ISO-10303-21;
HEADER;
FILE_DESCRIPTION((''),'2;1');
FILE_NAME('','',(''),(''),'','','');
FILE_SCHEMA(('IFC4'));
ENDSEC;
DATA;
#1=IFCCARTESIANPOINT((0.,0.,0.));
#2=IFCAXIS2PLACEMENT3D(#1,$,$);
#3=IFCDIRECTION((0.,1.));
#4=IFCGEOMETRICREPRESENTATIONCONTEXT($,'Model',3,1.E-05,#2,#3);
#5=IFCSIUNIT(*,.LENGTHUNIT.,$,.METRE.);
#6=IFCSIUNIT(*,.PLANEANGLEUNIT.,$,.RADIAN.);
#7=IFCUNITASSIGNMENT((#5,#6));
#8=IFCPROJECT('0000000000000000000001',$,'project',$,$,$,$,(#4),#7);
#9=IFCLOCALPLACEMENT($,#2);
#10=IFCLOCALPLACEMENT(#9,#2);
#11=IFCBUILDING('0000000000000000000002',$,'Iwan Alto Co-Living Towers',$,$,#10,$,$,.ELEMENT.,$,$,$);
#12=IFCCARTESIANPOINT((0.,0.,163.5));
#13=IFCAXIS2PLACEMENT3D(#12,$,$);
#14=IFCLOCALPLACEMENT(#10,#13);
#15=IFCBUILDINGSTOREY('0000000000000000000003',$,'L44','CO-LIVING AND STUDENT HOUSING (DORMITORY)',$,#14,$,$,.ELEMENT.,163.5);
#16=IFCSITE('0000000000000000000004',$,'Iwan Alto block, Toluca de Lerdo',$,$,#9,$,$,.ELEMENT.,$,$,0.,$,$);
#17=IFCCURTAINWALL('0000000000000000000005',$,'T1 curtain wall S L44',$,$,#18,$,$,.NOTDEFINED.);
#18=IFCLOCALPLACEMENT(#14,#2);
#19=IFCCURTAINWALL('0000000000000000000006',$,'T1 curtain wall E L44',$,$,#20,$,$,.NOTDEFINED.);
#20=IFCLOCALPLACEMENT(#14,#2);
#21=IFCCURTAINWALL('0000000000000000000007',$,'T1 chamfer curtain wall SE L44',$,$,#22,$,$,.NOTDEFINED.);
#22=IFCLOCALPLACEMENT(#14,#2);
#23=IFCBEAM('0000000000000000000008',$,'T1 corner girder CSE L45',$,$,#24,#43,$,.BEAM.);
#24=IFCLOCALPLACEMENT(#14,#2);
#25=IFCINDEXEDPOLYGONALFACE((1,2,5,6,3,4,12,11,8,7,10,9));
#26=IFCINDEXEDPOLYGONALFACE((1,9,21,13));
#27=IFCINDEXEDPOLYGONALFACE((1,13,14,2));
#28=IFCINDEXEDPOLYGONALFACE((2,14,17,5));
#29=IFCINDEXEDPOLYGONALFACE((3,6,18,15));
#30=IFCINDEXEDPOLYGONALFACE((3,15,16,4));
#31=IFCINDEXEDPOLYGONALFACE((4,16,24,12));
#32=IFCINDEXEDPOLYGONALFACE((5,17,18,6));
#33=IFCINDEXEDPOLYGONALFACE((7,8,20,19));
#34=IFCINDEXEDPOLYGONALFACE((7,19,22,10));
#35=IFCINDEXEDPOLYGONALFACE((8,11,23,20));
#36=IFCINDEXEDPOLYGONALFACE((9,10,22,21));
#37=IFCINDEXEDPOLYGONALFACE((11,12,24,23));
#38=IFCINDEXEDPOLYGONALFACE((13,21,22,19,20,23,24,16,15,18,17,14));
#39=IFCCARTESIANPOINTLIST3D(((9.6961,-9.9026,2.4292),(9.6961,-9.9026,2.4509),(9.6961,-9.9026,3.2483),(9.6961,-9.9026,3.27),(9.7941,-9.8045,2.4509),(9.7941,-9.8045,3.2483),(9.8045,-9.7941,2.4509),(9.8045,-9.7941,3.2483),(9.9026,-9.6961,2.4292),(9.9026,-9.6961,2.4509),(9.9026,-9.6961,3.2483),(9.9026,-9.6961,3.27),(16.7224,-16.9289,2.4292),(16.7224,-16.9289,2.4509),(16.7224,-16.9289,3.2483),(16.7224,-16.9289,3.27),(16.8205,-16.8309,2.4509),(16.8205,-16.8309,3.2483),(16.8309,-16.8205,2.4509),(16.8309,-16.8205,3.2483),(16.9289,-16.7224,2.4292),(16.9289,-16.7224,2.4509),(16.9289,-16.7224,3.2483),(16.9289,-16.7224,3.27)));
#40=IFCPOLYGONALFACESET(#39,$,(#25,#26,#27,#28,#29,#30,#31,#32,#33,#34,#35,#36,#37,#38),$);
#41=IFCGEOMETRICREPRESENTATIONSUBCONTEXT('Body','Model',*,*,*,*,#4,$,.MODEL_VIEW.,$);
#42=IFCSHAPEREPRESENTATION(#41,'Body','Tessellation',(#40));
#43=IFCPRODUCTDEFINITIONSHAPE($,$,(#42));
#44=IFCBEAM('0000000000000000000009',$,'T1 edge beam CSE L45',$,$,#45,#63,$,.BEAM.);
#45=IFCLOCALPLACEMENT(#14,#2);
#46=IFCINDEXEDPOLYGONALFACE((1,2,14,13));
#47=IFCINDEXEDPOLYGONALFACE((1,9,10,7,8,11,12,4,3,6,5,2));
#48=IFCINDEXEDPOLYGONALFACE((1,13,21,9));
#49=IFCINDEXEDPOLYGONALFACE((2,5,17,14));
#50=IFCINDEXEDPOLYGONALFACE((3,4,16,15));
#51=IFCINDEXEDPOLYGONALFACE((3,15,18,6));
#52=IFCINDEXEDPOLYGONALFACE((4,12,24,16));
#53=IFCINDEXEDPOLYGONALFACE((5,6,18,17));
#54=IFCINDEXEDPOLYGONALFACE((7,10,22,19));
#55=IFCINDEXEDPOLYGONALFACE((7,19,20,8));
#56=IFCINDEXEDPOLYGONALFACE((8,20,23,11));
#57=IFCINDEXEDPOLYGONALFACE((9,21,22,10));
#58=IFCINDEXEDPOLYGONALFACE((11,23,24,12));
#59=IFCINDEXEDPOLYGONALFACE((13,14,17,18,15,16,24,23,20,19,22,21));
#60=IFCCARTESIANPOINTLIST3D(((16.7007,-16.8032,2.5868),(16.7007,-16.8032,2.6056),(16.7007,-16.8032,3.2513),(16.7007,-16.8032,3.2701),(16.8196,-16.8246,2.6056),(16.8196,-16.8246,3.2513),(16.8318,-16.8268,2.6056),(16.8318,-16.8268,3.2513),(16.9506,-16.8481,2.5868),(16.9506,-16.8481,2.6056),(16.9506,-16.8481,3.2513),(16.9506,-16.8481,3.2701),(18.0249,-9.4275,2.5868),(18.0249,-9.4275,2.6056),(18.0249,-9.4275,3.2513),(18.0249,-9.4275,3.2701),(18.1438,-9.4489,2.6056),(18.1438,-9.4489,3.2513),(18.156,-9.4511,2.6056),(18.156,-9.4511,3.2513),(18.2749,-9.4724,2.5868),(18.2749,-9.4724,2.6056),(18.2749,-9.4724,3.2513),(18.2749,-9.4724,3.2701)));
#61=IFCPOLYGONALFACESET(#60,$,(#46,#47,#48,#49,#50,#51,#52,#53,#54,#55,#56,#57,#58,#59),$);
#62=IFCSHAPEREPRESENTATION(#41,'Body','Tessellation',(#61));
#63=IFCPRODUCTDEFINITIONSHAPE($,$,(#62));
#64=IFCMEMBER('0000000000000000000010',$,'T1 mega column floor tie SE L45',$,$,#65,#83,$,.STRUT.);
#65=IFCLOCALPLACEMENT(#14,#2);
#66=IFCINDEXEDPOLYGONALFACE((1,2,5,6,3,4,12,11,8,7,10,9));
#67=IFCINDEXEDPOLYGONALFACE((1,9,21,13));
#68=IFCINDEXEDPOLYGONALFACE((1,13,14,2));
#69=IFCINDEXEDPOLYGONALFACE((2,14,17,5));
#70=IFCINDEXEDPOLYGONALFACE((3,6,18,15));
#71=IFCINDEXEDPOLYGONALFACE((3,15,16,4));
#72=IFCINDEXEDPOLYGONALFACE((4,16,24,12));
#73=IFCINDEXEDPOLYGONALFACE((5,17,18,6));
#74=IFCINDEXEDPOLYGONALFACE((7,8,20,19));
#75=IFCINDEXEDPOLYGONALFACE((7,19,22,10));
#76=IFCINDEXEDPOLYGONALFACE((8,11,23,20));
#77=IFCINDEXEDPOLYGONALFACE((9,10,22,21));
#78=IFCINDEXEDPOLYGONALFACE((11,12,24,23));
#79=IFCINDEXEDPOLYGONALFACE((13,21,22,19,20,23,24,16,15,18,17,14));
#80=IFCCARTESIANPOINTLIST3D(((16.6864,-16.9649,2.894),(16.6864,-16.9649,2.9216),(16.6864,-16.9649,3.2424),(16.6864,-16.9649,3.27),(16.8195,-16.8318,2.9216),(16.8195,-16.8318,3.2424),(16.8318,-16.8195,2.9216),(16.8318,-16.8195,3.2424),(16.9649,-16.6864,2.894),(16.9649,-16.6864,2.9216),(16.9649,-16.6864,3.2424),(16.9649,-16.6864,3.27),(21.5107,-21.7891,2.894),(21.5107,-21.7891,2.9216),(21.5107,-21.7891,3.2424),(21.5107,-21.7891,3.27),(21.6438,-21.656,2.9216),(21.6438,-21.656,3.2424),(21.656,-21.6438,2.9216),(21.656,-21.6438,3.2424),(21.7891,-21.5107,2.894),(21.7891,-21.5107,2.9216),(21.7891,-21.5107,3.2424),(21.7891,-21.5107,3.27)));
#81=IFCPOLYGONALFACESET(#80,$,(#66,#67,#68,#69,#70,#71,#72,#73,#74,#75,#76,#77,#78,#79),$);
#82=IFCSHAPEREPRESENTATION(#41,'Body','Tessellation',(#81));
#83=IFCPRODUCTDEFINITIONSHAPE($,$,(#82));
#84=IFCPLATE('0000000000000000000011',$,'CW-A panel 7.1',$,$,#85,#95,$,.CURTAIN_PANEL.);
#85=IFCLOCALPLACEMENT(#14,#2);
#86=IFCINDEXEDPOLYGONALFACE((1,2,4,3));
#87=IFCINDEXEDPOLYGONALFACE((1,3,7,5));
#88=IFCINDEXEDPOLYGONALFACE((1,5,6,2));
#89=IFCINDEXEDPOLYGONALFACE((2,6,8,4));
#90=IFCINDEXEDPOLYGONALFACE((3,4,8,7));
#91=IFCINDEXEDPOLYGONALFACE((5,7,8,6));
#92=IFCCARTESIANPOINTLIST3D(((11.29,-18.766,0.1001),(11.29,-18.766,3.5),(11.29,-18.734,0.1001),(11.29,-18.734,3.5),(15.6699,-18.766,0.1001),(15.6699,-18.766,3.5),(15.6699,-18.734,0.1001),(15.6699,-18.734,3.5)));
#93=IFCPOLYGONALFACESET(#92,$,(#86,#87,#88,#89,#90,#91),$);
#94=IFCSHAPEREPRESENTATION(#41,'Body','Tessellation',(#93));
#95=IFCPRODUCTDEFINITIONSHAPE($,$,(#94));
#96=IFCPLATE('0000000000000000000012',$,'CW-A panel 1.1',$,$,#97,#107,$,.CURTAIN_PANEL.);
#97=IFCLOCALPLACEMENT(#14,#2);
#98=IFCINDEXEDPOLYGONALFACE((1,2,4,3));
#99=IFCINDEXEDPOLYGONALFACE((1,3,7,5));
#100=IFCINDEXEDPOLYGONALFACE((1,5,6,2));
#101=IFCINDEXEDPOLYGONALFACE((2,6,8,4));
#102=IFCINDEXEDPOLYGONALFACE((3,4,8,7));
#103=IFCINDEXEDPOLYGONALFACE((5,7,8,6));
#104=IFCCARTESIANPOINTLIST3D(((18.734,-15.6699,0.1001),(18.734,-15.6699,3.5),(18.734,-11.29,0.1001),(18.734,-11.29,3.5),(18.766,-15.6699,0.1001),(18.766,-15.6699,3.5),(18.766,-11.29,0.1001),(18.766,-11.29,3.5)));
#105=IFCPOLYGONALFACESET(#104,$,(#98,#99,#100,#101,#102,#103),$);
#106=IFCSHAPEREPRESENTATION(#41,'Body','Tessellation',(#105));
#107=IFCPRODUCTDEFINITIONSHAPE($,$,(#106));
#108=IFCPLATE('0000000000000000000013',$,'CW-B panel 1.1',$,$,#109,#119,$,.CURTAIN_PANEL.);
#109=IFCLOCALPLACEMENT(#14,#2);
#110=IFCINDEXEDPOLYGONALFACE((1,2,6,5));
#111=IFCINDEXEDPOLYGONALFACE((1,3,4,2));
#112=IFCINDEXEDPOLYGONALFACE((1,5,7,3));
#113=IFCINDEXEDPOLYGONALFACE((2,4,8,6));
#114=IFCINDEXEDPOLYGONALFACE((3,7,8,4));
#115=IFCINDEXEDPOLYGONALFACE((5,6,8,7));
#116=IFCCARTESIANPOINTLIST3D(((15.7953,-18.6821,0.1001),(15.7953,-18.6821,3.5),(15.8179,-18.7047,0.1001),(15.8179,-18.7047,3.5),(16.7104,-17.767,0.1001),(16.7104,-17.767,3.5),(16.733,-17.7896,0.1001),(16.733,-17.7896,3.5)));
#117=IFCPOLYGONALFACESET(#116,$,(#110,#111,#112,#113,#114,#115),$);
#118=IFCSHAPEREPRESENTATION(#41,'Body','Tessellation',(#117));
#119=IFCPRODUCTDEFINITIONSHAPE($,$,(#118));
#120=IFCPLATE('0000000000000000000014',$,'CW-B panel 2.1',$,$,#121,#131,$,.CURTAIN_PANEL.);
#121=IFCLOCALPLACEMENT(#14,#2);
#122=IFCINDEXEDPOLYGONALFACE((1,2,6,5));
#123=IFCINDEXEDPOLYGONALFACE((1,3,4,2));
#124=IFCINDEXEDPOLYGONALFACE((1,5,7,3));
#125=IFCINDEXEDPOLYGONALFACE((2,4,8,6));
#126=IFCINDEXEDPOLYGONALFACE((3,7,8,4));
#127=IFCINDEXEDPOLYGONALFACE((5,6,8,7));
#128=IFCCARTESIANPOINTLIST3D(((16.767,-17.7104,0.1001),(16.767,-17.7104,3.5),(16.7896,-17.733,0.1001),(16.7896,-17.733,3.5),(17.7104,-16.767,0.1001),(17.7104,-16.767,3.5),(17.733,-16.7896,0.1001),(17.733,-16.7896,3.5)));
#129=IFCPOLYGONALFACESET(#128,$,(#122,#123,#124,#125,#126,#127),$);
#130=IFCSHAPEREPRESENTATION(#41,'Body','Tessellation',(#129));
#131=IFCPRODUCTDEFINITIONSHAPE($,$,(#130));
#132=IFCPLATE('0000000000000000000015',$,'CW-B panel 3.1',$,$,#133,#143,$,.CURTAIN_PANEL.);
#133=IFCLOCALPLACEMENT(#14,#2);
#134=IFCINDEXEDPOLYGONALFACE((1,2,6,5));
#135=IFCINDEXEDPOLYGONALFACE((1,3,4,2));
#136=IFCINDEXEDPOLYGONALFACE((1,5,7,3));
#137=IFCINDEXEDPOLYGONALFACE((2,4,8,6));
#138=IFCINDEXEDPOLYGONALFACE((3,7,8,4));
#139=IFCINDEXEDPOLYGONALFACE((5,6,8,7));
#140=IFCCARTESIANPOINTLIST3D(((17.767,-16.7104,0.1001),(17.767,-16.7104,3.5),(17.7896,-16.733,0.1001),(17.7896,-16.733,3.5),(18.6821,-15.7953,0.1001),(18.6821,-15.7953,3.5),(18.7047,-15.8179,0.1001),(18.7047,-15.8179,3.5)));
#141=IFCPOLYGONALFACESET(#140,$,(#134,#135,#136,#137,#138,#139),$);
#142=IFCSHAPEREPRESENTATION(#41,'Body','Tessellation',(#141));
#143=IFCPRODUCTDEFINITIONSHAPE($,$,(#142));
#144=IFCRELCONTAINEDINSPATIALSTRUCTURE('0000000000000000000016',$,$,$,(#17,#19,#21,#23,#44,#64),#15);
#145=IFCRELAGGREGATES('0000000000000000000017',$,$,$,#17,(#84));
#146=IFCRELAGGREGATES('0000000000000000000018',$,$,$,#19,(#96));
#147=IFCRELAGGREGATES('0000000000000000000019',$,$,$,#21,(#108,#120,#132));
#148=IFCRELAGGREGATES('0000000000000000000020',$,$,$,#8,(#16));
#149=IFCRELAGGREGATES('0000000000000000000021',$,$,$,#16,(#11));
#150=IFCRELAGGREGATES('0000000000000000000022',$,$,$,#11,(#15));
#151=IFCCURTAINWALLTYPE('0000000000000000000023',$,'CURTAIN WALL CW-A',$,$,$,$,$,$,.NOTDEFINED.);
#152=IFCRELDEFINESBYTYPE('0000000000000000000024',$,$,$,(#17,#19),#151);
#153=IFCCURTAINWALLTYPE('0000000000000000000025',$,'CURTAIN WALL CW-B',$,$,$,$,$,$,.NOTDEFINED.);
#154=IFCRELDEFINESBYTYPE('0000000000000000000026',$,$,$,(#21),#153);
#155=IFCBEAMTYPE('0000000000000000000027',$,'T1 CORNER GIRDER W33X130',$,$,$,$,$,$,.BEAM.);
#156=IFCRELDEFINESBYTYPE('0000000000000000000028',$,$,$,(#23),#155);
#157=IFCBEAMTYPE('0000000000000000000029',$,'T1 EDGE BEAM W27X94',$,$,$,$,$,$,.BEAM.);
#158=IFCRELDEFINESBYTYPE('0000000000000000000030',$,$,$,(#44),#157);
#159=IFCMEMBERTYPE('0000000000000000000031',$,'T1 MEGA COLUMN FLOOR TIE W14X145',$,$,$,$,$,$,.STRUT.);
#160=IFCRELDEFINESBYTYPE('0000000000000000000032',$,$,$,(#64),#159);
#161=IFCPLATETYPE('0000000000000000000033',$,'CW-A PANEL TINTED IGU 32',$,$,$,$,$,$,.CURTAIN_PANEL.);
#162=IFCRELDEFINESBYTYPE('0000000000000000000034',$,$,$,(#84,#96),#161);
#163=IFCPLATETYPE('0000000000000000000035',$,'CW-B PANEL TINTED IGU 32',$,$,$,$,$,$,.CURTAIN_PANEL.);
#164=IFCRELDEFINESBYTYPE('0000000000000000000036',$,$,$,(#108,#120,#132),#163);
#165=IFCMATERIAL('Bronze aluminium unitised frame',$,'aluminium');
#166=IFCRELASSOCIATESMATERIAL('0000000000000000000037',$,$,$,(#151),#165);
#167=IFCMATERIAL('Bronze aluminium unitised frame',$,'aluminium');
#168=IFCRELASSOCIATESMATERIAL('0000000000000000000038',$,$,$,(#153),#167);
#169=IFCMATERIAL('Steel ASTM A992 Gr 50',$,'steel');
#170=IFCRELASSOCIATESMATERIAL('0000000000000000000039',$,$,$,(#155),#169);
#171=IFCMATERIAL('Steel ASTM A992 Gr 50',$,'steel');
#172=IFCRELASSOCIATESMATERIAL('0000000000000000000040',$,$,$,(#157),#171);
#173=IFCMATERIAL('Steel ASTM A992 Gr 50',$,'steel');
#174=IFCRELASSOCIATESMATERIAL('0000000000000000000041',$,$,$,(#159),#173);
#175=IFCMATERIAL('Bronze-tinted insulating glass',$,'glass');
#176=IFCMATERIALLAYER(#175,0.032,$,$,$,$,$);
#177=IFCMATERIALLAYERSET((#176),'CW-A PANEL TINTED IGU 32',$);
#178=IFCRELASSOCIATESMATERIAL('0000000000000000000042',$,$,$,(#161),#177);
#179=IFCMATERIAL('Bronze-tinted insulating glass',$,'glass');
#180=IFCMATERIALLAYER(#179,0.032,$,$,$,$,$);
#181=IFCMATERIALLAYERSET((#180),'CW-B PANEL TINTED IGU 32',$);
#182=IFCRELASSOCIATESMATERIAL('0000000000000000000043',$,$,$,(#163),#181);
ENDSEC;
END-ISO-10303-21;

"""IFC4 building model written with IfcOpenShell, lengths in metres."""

from ifc_helpers import new_model, si_unit, direction, frame, origin, origin_2d, place, context, subcontext, project, spatial, rectangle, i_section, extrude, material, layer, layer_set, material_profile, profile_set, type_object, element, aggregate, save


model = new_model("IFC4")

# Units and contexts
model_context = context("Model", 3, precision=1e-05, world=origin(), true_north=direction((0.0, 1.0)))
body_context = subcontext(model_context, "Body", "Model", "MODEL_VIEW")
ifc_project = project(units=[si_unit("LENGTHUNIT", "METRE"), si_unit("PLANEANGLEUNIT", "RADIAN")], contexts=[model_context])

# Site, building, storey
site_placement = place(None, origin())
site = spatial("IfcSite", under=ifc_project, at=site_placement, Name="Iwan Alto block, Toluca de Lerdo", CompositionType="ELEMENT", RefElevation=0.0)
building_placement = place(site_placement, origin())
building = spatial("IfcBuilding", under=site, at=building_placement, Name="Iwan Alto Co-Living Towers", CompositionType="ELEMENT")
storey_placement = place(building_placement, frame((0.0, 0.0, 163.5)))
storey = spatial("IfcBuildingStorey", under=building, at=storey_placement, Name="L44", Description="CO-LIVING AND STUDENT HOUSING (DORMITORY)", CompositionType="ELEMENT", Elevation=163.5)

# Curtain wall
ifc_material_1 = material(Name="Bronze aluminium unitised frame", Category="aluminium")
curtain_wall_type_1 = type_object("IfcCurtainWallType", Name="CURTAIN WALL CW-A", PredefinedType="NOTDEFINED", material=ifc_material_1)
curtain_wall_1_placement = place(storey_placement, origin())
curtain_wall_1 = element("IfcCurtainWall", 1, at=curtain_wall_1_placement, inside=storey, type_object=curtain_wall_type_1, Name="T1 curtain wall S L44", PredefinedType="NOTDEFINED")

# Curtain walls
curtain_wall_2_placement = place(storey_placement, origin())
curtain_wall_2 = element("IfcCurtainWall", 2, at=curtain_wall_2_placement, inside=storey, type_object=curtain_wall_type_1, Name="T1 curtain wall E L44", PredefinedType="NOTDEFINED")
ifc_material_2 = material(Name="Bronze aluminium unitised frame", Category="aluminium")
curtain_wall_type_2 = type_object("IfcCurtainWallType", Name="CURTAIN WALL CW-B", PredefinedType="NOTDEFINED", material=ifc_material_2)
curtain_wall_3_placement = place(storey_placement, origin())
curtain_wall_3 = element("IfcCurtainWall", 3, at=curtain_wall_3_placement, inside=storey, type_object=curtain_wall_type_2, Name="T1 chamfer curtain wall SE L44", PredefinedType="NOTDEFINED")

# Beams
ifc_material_3 = material(Name="Steel ASTM A992 Gr 50", Category="steel")
ifc_material_profile_1 = material_profile(ifc_material_3, i_section(OverallWidth=0.292, OverallDepth=0.8408, WebThickness=0.0146, FlangeThickness=0.0217, at=origin_2d()), Name="W33X130")
ifc_profile_set_1 = profile_set([ifc_material_profile_1], Name="Steel ASTM A992 Gr 50")
beam_type_1 = type_object("IfcBeamType", Name="T1 CORNER GIRDER W33X130", PredefinedType="BEAM", material=ifc_profile_set_1)
beam_1_placement = place(storey_placement, frame((16.8257, -16.8257, 2.8496), z_axis=(-0.707107, 0.707107, 0.0), x_axis=(-0.707107, -0.707107, 0.0)))
element("IfcBeam", 4, at=beam_1_placement, inside=storey, type_object=beam_type_1, Name="T1 corner girder CSE L45", PredefinedType="BEAM", context=body_context, shape_type="SweptSolid", body=[
    extrude(i_section(OverallWidth=0.292, OverallDepth=0.8408, WebThickness=0.0146, FlangeThickness=0.0217, at=origin_2d()), origin(), (0.0, 0.0, 1.0), 9.9368),
])
ifc_material_4 = material(Name="Steel ASTM A992 Gr 50", Category="steel")
ifc_material_profile_2 = material_profile(ifc_material_4, i_section(OverallWidth=0.2539, OverallDepth=0.6833, WebThickness=0.0125, FlangeThickness=0.0188, at=origin_2d()), Name="W27X94")
ifc_profile_set_2 = profile_set([ifc_material_profile_2], Name="Steel ASTM A992 Gr 50")
beam_type_2 = type_object("IfcBeamType", Name="T1 EDGE BEAM W27X94", PredefinedType="BEAM", material=ifc_profile_set_2)
beam_2_placement = place(storey_placement, frame((16.8257, -16.8257, 2.9285), z_axis=(0.176712, 0.984263, 0.0), x_axis=(-0.984263, 0.176712, 0.0)))
element("IfcBeam", 5, at=beam_2_placement, inside=storey, type_object=beam_type_2, Name="T1 edge beam CSE L45", PredefinedType="BEAM", context=body_context, shape_type="SweptSolid", body=[
    extrude(i_section(OverallWidth=0.2539, OverallDepth=0.6833, WebThickness=0.0125, FlangeThickness=0.0188, at=origin_2d()), origin(), (0.0, 0.0, 1.0), 7.4937),
])

# Member
ifc_material_5 = material(Name="Steel ASTM A992 Gr 50", Category="steel")
ifc_material_profile_3 = material_profile(ifc_material_5, i_section(OverallWidth=0.3938, OverallDepth=0.376, WebThickness=0.0173, FlangeThickness=0.0276, at=origin_2d()), Name="W14X145")
ifc_profile_set_3 = profile_set([ifc_material_profile_3], Name="Steel ASTM A992 Gr 50")
member_type_1 = type_object("IfcMemberType", Name="T1 MEGA COLUMN FLOOR TIE W14X145", PredefinedType="STRUT", material=ifc_profile_set_3)
member_1_placement = place(storey_placement, frame((21.6499, -21.6499, 3.082), z_axis=(-0.707107, 0.707107, 0.0), x_axis=(-0.707107, -0.707107, 0.0)))
element("IfcMember", 6, at=member_1_placement, inside=storey, type_object=member_type_1, Name="T1 mega column floor tie SE L45", PredefinedType="STRUT", context=body_context, shape_type="SweptSolid", body=[
    extrude(i_section(OverallWidth=0.3938, OverallDepth=0.376, WebThickness=0.0173, FlangeThickness=0.0276, at=origin_2d()), origin(), (0.0, 0.0, 1.0), 6.8225),
])

# Plates
ifc_material_6 = material(Name="Bronze-tinted insulating glass", Category="glass")
ifc_layer_1 = layer(ifc_material_6, 0.032)
ifc_layer_set_1 = layer_set([ifc_layer_1], Name="CW-A PANEL TINTED IGU 32")
plate_type_1 = type_object("IfcPlateType", Name="CW-A PANEL TINTED IGU 32", PredefinedType="CURTAIN_PANEL", material=ifc_layer_set_1)
plate_1_placement = place(storey_placement, frame((13.48, -18.75, 0.1001), z_axis=(0.0, 0.0, 1.0), x_axis=(1.0, 0.0, 0.0)))
plate_1 = element("IfcPlate", 7, at=plate_1_placement, type_object=plate_type_1, Name="CW-A panel 7.1", PredefinedType="CURTAIN_PANEL", context=body_context, shape_type="SweptSolid", body=[
    extrude(rectangle(XDim=4.3799, YDim=0.032, at=origin_2d()), origin(), (0.0, 0.0, 1.0), 3.3999),
])
aggregate(curtain_wall_1, [plate_1])
plate_2_placement = place(storey_placement, frame((18.75, -13.48, 0.1001), z_axis=(0.0, 0.0, 1.0), x_axis=(0.0, 1.0, 0.0)))
plate_2 = element("IfcPlate", 8, at=plate_2_placement, type_object=plate_type_1, Name="CW-A panel 1.1", PredefinedType="CURTAIN_PANEL", context=body_context, shape_type="SweptSolid", body=[
    extrude(rectangle(XDim=4.3799, YDim=0.032, at=origin_2d()), origin(), (0.0, 0.0, 1.0), 3.3999),
])
aggregate(curtain_wall_2, [plate_2])
ifc_material_7 = material(Name="Bronze-tinted insulating glass", Category="glass")
ifc_layer_2 = layer(ifc_material_7, 0.032)
ifc_layer_set_2 = layer_set([ifc_layer_2], Name="CW-B PANEL TINTED IGU 32")
plate_type_2 = type_object("IfcPlateType", Name="CW-B PANEL TINTED IGU 32", PredefinedType="CURTAIN_PANEL", material=ifc_layer_set_2)
plate_3_placement = place(storey_placement, frame((16.2642, -18.2358, 0.1001), z_axis=(0.0, 0.0, 1.0), x_axis=(0.707107, 0.707107, 0.0)))
plate_3 = element("IfcPlate", 9, at=plate_3_placement, type_object=plate_type_2, Name="CW-B panel 1.1", PredefinedType="CURTAIN_PANEL", context=body_context, shape_type="SweptSolid", body=[
    extrude(rectangle(XDim=1.2942, YDim=0.032, at=origin_2d()), origin(), (0.0, 0.0, 1.0), 3.3999),
])
plate_4_placement = place(storey_placement, frame((17.25, -17.25, 0.1001), z_axis=(0.0, 0.0, 1.0), x_axis=(0.707107, 0.707107, 0.0)))
plate_4 = element("IfcPlate", 10, at=plate_4_placement, type_object=plate_type_2, Name="CW-B panel 2.1", PredefinedType="CURTAIN_PANEL", context=body_context, shape_type="SweptSolid", body=[
    extrude(rectangle(XDim=1.3342, YDim=0.032, at=origin_2d()), origin(), (0.0, 0.0, 1.0), 3.3999),
])
plate_5_placement = place(storey_placement, frame((18.2358, -16.2642, 0.1001), z_axis=(0.0, 0.0, 1.0), x_axis=(0.707107, 0.707107, 0.0)))
plate_5 = element("IfcPlate", 11, at=plate_5_placement, type_object=plate_type_2, Name="CW-B panel 3.1", PredefinedType="CURTAIN_PANEL", context=body_context, shape_type="SweptSolid", body=[
    extrude(rectangle(XDim=1.2942, YDim=0.032, at=origin_2d()), origin(), (0.0, 0.0, 1.0), 3.3999),
])
aggregate(curtain_wall_3, [plate_3, plate_4, plate_5])

save(model, "model.ifc")
